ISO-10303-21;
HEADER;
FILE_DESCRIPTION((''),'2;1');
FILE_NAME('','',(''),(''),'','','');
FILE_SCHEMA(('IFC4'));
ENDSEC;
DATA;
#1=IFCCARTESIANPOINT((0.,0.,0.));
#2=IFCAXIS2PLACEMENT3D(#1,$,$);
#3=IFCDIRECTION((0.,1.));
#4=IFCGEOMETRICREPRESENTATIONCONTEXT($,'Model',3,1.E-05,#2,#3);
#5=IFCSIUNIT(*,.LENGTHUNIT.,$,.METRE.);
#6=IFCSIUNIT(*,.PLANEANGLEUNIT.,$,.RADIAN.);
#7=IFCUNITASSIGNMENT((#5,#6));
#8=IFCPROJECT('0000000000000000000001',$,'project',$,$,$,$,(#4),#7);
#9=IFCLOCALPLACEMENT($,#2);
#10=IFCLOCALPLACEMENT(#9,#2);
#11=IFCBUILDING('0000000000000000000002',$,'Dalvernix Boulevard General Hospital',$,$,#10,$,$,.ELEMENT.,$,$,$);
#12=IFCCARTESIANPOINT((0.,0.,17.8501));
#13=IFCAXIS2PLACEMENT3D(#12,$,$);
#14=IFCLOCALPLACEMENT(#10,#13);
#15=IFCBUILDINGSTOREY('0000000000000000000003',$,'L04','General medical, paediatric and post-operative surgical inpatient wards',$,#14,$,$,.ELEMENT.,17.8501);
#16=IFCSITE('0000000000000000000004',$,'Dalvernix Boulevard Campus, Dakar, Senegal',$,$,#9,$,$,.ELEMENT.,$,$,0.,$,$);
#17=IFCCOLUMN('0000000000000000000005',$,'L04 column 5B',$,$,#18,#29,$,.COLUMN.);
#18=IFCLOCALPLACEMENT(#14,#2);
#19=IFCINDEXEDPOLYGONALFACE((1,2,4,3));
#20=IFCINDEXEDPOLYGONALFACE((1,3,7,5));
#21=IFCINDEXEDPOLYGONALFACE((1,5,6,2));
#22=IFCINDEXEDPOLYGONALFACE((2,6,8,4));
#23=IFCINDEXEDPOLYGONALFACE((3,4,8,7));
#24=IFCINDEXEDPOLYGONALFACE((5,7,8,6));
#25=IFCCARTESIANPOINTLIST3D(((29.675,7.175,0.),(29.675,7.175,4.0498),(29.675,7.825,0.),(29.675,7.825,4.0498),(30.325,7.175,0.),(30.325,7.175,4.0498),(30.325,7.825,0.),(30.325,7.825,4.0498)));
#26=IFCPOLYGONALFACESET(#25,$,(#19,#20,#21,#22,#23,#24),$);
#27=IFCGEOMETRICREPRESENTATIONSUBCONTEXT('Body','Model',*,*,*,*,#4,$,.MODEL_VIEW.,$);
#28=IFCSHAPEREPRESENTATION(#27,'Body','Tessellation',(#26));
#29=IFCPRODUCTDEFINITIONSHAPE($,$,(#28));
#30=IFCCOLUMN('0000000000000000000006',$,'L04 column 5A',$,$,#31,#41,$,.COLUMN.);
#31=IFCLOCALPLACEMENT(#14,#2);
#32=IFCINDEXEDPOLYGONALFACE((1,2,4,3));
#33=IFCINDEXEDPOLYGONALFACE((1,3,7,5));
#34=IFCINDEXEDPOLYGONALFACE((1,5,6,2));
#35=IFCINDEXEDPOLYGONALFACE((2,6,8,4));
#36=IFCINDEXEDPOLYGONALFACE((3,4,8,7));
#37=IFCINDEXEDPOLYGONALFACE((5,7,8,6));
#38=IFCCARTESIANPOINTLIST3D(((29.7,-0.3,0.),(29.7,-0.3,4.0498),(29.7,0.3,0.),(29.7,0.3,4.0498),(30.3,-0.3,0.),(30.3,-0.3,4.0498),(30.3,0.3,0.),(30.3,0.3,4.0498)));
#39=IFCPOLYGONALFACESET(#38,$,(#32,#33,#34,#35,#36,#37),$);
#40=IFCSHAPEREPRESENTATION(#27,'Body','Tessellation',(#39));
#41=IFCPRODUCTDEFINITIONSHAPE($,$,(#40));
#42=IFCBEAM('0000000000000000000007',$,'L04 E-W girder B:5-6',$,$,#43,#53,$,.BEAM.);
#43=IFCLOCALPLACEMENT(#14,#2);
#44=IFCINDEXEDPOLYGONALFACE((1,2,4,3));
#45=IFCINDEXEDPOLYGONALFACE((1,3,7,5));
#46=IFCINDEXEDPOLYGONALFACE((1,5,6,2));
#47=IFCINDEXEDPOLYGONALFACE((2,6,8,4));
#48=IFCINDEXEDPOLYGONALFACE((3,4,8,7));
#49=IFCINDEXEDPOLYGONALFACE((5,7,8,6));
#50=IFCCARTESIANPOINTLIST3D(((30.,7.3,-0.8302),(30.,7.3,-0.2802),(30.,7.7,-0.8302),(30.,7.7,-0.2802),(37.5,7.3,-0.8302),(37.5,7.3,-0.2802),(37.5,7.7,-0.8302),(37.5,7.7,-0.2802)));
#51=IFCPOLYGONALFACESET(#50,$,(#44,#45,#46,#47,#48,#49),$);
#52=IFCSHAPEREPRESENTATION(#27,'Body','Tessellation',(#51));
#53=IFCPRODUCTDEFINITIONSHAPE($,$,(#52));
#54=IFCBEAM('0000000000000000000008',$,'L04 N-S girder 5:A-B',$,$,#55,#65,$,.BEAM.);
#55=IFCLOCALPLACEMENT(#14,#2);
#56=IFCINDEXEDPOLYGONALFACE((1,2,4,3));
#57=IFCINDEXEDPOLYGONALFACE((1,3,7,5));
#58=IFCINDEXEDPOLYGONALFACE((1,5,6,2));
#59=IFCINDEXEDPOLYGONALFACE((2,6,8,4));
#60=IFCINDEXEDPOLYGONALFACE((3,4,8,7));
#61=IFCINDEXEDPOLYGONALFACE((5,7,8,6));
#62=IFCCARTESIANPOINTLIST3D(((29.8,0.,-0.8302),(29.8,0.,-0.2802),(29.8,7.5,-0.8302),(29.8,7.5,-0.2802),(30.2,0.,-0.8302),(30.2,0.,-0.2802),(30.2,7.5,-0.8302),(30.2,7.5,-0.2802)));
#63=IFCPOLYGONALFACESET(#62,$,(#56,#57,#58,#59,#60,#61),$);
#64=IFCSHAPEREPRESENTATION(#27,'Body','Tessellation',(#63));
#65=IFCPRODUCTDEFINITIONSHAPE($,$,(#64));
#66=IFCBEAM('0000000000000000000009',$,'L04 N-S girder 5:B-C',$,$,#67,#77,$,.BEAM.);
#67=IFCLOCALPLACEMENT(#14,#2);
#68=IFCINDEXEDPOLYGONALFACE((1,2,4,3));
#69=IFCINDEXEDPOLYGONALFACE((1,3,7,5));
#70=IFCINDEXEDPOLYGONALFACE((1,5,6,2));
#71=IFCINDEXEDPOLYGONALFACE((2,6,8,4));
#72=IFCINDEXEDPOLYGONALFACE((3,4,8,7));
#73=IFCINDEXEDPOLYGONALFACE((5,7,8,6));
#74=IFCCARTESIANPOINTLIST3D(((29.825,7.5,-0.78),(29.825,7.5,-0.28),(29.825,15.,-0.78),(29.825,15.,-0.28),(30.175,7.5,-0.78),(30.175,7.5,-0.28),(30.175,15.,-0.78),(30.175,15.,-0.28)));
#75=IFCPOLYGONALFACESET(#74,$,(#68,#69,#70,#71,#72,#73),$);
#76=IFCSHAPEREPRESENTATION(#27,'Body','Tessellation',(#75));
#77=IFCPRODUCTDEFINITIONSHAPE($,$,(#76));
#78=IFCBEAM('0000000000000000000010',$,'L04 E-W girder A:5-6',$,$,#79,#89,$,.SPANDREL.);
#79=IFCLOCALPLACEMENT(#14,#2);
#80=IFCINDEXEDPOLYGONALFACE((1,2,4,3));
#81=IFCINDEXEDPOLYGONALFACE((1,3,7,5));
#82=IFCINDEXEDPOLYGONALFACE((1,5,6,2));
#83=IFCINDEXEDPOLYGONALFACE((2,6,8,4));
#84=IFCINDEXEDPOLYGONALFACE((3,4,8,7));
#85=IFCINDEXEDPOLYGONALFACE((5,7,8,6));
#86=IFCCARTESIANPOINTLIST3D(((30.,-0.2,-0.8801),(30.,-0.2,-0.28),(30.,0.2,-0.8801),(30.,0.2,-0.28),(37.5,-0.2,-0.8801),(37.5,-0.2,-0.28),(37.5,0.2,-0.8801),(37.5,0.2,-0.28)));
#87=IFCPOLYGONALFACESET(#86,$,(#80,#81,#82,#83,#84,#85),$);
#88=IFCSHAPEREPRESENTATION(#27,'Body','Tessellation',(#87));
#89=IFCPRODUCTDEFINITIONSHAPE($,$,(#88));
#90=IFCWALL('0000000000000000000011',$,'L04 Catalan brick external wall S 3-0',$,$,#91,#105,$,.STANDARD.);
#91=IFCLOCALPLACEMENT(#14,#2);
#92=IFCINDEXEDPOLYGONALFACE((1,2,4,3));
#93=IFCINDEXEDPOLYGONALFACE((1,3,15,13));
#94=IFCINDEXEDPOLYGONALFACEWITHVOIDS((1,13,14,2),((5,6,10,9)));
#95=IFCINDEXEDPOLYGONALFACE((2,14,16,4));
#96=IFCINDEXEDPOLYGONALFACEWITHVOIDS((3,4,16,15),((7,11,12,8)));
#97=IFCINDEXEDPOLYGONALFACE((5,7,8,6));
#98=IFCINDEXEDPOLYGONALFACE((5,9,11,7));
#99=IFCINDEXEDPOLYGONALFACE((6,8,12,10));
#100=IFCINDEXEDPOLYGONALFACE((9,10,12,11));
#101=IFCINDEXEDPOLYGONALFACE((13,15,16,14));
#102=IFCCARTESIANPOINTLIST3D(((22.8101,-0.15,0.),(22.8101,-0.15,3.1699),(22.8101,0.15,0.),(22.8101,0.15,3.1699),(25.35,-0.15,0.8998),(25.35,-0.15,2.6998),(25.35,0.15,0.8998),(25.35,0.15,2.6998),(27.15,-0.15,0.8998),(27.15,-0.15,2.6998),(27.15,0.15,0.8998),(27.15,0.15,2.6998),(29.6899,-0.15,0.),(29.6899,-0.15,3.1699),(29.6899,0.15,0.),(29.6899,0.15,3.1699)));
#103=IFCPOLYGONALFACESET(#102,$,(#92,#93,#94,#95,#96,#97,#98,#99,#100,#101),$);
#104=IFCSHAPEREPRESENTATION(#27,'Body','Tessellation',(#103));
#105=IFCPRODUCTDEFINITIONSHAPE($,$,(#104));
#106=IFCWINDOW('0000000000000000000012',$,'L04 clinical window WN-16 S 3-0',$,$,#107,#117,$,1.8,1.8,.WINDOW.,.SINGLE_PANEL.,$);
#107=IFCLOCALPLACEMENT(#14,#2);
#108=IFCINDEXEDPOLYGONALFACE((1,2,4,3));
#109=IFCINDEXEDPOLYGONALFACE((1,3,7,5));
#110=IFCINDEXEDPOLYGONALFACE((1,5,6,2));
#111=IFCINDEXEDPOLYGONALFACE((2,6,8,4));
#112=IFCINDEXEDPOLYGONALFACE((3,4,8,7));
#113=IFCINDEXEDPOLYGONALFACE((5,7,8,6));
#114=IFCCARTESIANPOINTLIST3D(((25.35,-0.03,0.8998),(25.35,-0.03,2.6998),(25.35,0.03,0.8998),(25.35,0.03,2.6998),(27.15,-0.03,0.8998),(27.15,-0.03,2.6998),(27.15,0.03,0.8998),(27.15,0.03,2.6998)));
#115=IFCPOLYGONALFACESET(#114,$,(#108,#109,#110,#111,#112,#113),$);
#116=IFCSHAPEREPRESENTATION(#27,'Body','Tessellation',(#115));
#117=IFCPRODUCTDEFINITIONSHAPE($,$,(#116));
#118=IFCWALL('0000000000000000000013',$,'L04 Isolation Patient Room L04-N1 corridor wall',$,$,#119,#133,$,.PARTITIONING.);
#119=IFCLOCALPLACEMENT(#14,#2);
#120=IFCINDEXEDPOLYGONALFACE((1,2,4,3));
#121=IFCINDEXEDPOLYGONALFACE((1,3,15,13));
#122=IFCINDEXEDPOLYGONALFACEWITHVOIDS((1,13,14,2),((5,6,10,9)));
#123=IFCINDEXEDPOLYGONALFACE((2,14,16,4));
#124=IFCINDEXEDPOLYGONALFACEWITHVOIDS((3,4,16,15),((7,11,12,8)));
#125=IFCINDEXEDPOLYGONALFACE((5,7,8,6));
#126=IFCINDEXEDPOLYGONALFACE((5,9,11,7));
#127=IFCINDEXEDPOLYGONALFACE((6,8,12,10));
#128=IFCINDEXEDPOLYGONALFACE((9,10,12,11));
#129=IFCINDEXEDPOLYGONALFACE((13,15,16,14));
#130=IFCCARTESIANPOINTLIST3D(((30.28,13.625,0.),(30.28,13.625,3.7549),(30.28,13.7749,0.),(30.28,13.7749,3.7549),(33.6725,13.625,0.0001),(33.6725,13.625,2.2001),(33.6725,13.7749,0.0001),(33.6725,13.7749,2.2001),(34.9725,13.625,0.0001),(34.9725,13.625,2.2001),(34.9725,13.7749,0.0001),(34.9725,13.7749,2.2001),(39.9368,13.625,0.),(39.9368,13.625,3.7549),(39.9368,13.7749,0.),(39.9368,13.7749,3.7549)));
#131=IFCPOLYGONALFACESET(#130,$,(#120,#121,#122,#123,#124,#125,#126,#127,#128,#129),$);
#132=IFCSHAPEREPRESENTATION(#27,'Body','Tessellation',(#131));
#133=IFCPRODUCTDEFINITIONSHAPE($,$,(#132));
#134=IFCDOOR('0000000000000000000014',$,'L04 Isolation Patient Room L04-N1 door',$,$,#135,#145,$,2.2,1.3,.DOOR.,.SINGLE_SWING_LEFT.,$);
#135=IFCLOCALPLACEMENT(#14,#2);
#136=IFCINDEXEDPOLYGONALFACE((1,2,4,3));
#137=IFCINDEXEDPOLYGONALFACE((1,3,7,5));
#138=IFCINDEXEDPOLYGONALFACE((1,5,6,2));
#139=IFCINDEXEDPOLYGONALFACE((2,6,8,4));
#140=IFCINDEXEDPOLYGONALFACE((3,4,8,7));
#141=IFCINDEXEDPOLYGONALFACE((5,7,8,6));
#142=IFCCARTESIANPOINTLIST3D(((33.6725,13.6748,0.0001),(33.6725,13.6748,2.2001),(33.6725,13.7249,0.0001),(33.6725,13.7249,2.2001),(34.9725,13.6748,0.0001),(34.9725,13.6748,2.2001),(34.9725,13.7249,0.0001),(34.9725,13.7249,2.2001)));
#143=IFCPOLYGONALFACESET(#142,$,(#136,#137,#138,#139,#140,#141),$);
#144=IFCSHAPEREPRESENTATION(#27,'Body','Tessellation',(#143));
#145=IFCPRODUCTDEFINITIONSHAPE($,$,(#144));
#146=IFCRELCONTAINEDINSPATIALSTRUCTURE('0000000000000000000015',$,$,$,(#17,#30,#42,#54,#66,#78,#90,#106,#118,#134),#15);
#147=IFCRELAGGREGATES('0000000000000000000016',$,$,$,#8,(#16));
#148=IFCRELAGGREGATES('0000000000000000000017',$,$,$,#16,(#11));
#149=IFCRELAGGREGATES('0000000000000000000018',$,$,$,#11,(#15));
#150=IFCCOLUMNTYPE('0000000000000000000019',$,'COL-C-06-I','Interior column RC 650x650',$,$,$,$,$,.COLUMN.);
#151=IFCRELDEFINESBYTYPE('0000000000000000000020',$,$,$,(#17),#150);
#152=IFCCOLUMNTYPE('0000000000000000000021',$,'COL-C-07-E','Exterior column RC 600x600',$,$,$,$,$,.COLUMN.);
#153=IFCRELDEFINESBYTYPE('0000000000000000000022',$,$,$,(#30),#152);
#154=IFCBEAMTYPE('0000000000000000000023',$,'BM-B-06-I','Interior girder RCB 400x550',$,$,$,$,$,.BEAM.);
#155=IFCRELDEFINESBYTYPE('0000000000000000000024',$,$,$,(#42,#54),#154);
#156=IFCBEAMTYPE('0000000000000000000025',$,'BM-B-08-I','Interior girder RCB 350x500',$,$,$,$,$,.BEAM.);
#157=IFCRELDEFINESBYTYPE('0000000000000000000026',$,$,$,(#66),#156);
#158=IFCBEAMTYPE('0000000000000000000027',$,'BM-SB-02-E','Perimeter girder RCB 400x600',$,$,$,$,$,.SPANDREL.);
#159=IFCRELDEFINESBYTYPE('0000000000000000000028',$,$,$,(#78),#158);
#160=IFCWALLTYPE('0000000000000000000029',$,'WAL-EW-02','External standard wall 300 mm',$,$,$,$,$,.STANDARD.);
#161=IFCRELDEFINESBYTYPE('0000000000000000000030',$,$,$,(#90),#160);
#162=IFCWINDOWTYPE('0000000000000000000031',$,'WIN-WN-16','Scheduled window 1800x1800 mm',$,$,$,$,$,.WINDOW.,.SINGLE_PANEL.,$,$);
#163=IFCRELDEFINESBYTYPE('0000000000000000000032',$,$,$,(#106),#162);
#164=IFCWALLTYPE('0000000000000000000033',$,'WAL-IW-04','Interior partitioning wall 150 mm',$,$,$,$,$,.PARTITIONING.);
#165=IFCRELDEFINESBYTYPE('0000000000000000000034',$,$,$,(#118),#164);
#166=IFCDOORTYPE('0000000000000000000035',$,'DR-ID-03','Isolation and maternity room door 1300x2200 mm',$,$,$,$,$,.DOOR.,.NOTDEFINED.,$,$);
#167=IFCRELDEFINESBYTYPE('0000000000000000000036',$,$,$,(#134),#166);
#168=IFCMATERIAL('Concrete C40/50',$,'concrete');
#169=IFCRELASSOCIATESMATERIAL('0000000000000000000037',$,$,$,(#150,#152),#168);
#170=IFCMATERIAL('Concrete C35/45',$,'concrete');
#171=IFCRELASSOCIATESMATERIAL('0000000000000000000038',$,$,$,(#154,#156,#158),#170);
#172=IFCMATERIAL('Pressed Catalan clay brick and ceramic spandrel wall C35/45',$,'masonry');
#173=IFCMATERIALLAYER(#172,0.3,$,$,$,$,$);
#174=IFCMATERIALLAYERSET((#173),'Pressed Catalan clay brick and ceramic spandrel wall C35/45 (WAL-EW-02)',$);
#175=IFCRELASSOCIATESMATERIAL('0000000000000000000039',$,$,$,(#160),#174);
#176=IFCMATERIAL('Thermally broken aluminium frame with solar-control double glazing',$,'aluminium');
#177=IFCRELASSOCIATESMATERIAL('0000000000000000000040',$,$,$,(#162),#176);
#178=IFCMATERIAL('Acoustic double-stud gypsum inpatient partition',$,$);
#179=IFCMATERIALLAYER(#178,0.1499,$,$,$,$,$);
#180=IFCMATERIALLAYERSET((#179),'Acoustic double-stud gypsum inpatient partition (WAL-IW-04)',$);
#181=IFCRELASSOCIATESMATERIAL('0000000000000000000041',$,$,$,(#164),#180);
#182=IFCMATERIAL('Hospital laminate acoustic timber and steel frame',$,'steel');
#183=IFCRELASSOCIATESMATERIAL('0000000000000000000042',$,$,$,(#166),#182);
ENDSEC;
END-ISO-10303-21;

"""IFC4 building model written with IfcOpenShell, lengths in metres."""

from ifc_helpers import new_model, si_unit, direction, frame, frame_2d, origin, origin_2d, place, context, subcontext, project, spatial, rectangle, extrude, material, layer, layer_set, material_profile, profile_set, type_object, element, fill, save


model = new_model("IFC4")

# Units and contexts
model_context = context("Model", 3, precision=1e-05, world=origin(), true_north=direction((0.0, 1.0)))
body_context = subcontext(model_context, "Body", "Model", "MODEL_VIEW")
ifc_project = project(units=[si_unit("LENGTHUNIT", "METRE"), si_unit("PLANEANGLEUNIT", "RADIAN")], contexts=[model_context])

# Site, building, storey
site_placement = place(None, origin())
site = spatial("IfcSite", under=ifc_project, at=site_placement, Name="Dalvernix Boulevard Campus, Dakar, Senegal", CompositionType="ELEMENT", RefElevation=0.0)
building_placement = place(site_placement, origin())
building = spatial("IfcBuilding", under=site, at=building_placement, Name="Dalvernix Boulevard General Hospital", CompositionType="ELEMENT")
storey_placement = place(building_placement, frame((0.0, 0.0, 17.8501)))
storey = spatial("IfcBuildingStorey", under=building, at=storey_placement, Name="L04", Description="General medical, paediatric and post-operative surgical inpatient wards", CompositionType="ELEMENT", Elevation=17.8501)

# Columns
ifc_material_1 = material(Name="Concrete C40/50", Category="concrete")
ifc_material_profile_1 = material_profile(ifc_material_1, rectangle(XDim=0.6499, YDim=0.6499, at=origin_2d()), Name="RC 650x650")
ifc_profile_set_1 = profile_set([ifc_material_profile_1], Name="Concrete C40/50")
column_type_1 = type_object("IfcColumnType", Name="COL-C-06-I", Description="Interior column RC 650x650", PredefinedType="COLUMN", material=ifc_profile_set_1)
column_1_placement = place(storey_placement, frame((30.0, 7.5, 0.0), z_axis=(0.0, 0.0, 1.0), x_axis=(1.0, 0.0, 0.0)))
element("IfcColumn", 1, at=column_1_placement, inside=storey, type_object=column_type_1, Name="L04 column 5B", PredefinedType="COLUMN", context=body_context, shape_type="SweptSolid", body=[
    extrude(rectangle(XDim=0.6499, YDim=0.6499, at=origin_2d()), origin(), (0.0, 0.0, 1.0), 4.0498),
])
ifc_material_profile_2 = material_profile(ifc_material_1, rectangle(XDim=0.6001, YDim=0.6001, at=origin_2d()), Name="RC 600x600")
ifc_profile_set_2 = profile_set([ifc_material_profile_2], Name="Concrete C40/50")
column_type_2 = type_object("IfcColumnType", Name="COL-C-07-E", Description="Exterior column RC 600x600", PredefinedType="COLUMN", material=ifc_profile_set_2)
column_2_placement = place(storey_placement, frame((30.0, 0.0, 0.0), z_axis=(0.0, 0.0, 1.0), x_axis=(1.0, 0.0, 0.0)))
element("IfcColumn", 2, at=column_2_placement, inside=storey, type_object=column_type_2, Name="L04 column 5A", PredefinedType="COLUMN", context=body_context, shape_type="SweptSolid", body=[
    extrude(rectangle(XDim=0.6001, YDim=0.6001, at=origin_2d()), origin(), (0.0, 0.0, 1.0), 4.0498),
])

# Beams
ifc_material_2 = material(Name="Concrete C35/45", Category="concrete")
ifc_material_profile_3 = material_profile(ifc_material_2, rectangle(XDim=0.3999, YDim=0.55, at=origin_2d()), Name="RCB 400x550")
ifc_profile_set_3 = profile_set([ifc_material_profile_3], Name="Concrete C35/45")
beam_type_1 = type_object("IfcBeamType", Name="BM-B-06-I", Description="Interior girder RCB 400x550", PredefinedType="BEAM", material=ifc_profile_set_3)
for number, where, z_axis, x_axis, name in (
    (3, (30.0, 7.5, -0.5552), (1.0, 0.0, 0.0), (0.0, 1.0, 0.0), "L04 E-W girder B:5-6"),
    (4, (30.0, 0.0, -0.5552), (0.0, 1.0, 0.0), (-1.0, 0.0, 0.0), "L04 N-S girder 5:A-B"),
):
    element("IfcBeam", number, at=place(storey_placement, frame(where, z_axis=z_axis, x_axis=x_axis)), inside=storey, type_object=beam_type_1, Name=name, PredefinedType="BEAM", context=body_context, shape_type="SweptSolid", body=[
        extrude(rectangle(XDim=0.3999, YDim=0.55, at=origin_2d()), origin(), (0.0, 0.0, 1.0), 7.5),
    ])
ifc_material_profile_4 = material_profile(ifc_material_2, rectangle(XDim=0.3501, YDim=0.5, at=origin_2d()), Name="RCB 350x500")
ifc_profile_set_4 = profile_set([ifc_material_profile_4], Name="Concrete C35/45")
beam_type_2 = type_object("IfcBeamType", Name="BM-B-08-I", Description="Interior girder RCB 350x500", PredefinedType="BEAM", material=ifc_profile_set_4)
beam_1_placement = place(storey_placement, frame((30.0, 7.5, -0.53), z_axis=(0.0, 1.0, 0.0), x_axis=(-1.0, 0.0, 0.0)))
element("IfcBeam", 5, at=beam_1_placement, inside=storey, type_object=beam_type_2, Name="L04 N-S girder 5:B-C", PredefinedType="BEAM", context=body_context, shape_type="SweptSolid", body=[
    extrude(rectangle(XDim=0.3501, YDim=0.5, at=origin_2d()), origin(), (0.0, 0.0, 1.0), 7.5),
])
ifc_material_profile_5 = material_profile(ifc_material_2, rectangle(XDim=0.3999, YDim=0.6001, at=origin_2d()), Name="RCB 400x600")
ifc_profile_set_5 = profile_set([ifc_material_profile_5], Name="Concrete C35/45")
beam_type_3 = type_object("IfcBeamType", Name="BM-SB-02-E", Description="Perimeter girder RCB 400x600", PredefinedType="SPANDREL", material=ifc_profile_set_5)
beam_2_placement = place(storey_placement, frame((30.0, 0.0, -0.5801), z_axis=(1.0, 0.0, 0.0), x_axis=(0.0, 1.0, 0.0)))
element("IfcBeam", 6, at=beam_2_placement, inside=storey, type_object=beam_type_3, Name="L04 E-W girder A:5-6", PredefinedType="SPANDREL", context=body_context, shape_type="SweptSolid", body=[
    extrude(rectangle(XDim=0.3999, YDim=0.6001, at=origin_2d()), origin(), (0.0, 0.0, 1.0), 7.5),
])

# Wall, opening, window
ifc_material_3 = material(Name="Pressed Catalan clay brick and ceramic spandrel wall C35/45", Category="masonry")
ifc_layer_1 = layer(ifc_material_3, 0.3)
ifc_layer_set_1 = layer_set([ifc_layer_1], Name="Pressed Catalan clay brick and ceramic spandrel wall C35/45 (WAL-EW-02)")
wall_type_1 = type_object("IfcWallType", Name="WAL-EW-02", Description="External standard wall 300 mm", PredefinedType="STANDARD", material=ifc_layer_set_1)
wall_1_placement = place(storey_placement, frame((29.6899, 0.0, 0.0), z_axis=(0.0, 0.0, 1.0), x_axis=(-1.0, 0.0, 0.0)))
wall_1 = element("IfcWall", 7, at=wall_1_placement, inside=storey, type_object=wall_type_1, Name="L04 Catalan brick external wall S 3-0", PredefinedType="STANDARD", context=body_context, shape_type="SweptSolid", body=[
    extrude(rectangle(XDim=6.8799, YDim=0.3, at=frame_2d((3.4399, 0.0))), origin(), (0.0, 0.0, 1.0), 3.1699),
])
opening_1_placement = place(wall_1_placement, frame((2.54, 0.0, 0.8999)))
opening_1 = element("IfcOpeningElement", 8, at=opening_1_placement, cuts=wall_1, PredefinedType="OPENING", context=body_context, shape_type="SweptSolid", body=[
    extrude(rectangle(XDim=1.8, YDim=1.8, at=frame_2d((0.8999, 0.8999))), frame((0.0, 0.1599, 0.0), z_axis=(0.0, -1.0, 0.0), x_axis=(1.0, 0.0, 0.0)), (0.0, 0.0, 1.0), 0.3201),
])
ifc_material_4 = material(Name="Thermally broken aluminium frame with solar-control double glazing", Category="aluminium")
window_type = type_object("IfcWindowType", Name="WIN-WN-16", Description="Scheduled window 1800x1800 mm", PartitioningType="SINGLE_PANEL", PredefinedType="WINDOW", material=ifc_material_4)
window_placement = place(opening_1_placement, origin())
window = element("IfcWindow", 9, at=window_placement, inside=storey, type_object=window_type, Name="L04 clinical window WN-16 S 3-0", OverallHeight=1.8, OverallWidth=1.8, PartitioningType="SINGLE_PANEL", PredefinedType="WINDOW", context=body_context, shape_type="SweptSolid", body=[
    extrude(rectangle(XDim=1.8, YDim=1.8, at=frame_2d((0.8999, 0.8999))), frame((0.0, 0.03, 0.0), z_axis=(0.0, -1.0, 0.0), x_axis=(1.0, 0.0, 0.0)), (0.0, 0.0, 1.0), 0.0601),
])
fill(opening_1, window)

# Wall, opening, door
ifc_material_5 = material(Name="Acoustic double-stud gypsum inpatient partition")
ifc_layer_2 = layer(ifc_material_5, 0.1499)
ifc_layer_set_2 = layer_set([ifc_layer_2], Name="Acoustic double-stud gypsum inpatient partition (WAL-IW-04)")
wall_type_2 = type_object("IfcWallType", Name="WAL-IW-04", Description="Interior partitioning wall 150 mm", PredefinedType="PARTITIONING", material=ifc_layer_set_2)
wall_2_placement = place(storey_placement, frame((30.28, 13.7, 0.0), z_axis=(0.0, 0.0, 1.0), x_axis=(1.0, 0.0, 0.0)))
wall_2 = element("IfcWall", 10, at=wall_2_placement, inside=storey, type_object=wall_type_2, Name="L04 Isolation Patient Room L04-N1 corridor wall", PredefinedType="PARTITIONING", context=body_context, shape_type="SweptSolid", body=[
    extrude(rectangle(XDim=9.6567, YDim=0.1499, at=frame_2d((4.8284, 0.0))), origin(), (0.0, 0.0, 1.0), 3.7549),
])
opening_2_placement = place(wall_2_placement, frame((3.3926, 0.0, 0.0)))
opening_2 = element("IfcOpeningElement", 11, at=opening_2_placement, cuts=wall_2, PredefinedType="OPENING", context=body_context, shape_type="SweptSolid", body=[
    extrude(rectangle(XDim=1.3, YDim=2.2, at=frame_2d((0.6499, 1.1001))), frame((0.0, 0.085, 0.0), z_axis=(0.0, -1.0, 0.0), x_axis=(1.0, 0.0, 0.0)), (0.0, 0.0, 1.0), 0.1699),
])
ifc_material_6 = material(Name="Hospital laminate acoustic timber and steel frame", Category="steel")
door_type_1 = type_object("IfcDoorType", Name="DR-ID-03", Description="Isolation and maternity room door 1300x2200 mm", OperationType="NOTDEFINED", PredefinedType="DOOR", material=ifc_material_6)
door_1_placement = place(opening_2_placement, origin())
door_1 = element("IfcDoor", 12, at=door_1_placement, inside=storey, type_object=door_type_1, Name="L04 Isolation Patient Room L04-N1 door", OperationType="SINGLE_SWING_LEFT", OverallHeight=2.2, OverallWidth=1.3, PredefinedType="DOOR", context=body_context, shape_type="SweptSolid", body=[
    extrude(rectangle(XDim=1.3, YDim=2.2, at=frame_2d((0.6499, 1.1001))), frame((0.0, 0.0249, 0.0), z_axis=(0.0, -1.0, 0.0), x_axis=(1.0, 0.0, 0.0)), (0.0, 0.0, 1.0), 0.05),
])
fill(opening_2, door_1)

save(model, "model.ifc")
